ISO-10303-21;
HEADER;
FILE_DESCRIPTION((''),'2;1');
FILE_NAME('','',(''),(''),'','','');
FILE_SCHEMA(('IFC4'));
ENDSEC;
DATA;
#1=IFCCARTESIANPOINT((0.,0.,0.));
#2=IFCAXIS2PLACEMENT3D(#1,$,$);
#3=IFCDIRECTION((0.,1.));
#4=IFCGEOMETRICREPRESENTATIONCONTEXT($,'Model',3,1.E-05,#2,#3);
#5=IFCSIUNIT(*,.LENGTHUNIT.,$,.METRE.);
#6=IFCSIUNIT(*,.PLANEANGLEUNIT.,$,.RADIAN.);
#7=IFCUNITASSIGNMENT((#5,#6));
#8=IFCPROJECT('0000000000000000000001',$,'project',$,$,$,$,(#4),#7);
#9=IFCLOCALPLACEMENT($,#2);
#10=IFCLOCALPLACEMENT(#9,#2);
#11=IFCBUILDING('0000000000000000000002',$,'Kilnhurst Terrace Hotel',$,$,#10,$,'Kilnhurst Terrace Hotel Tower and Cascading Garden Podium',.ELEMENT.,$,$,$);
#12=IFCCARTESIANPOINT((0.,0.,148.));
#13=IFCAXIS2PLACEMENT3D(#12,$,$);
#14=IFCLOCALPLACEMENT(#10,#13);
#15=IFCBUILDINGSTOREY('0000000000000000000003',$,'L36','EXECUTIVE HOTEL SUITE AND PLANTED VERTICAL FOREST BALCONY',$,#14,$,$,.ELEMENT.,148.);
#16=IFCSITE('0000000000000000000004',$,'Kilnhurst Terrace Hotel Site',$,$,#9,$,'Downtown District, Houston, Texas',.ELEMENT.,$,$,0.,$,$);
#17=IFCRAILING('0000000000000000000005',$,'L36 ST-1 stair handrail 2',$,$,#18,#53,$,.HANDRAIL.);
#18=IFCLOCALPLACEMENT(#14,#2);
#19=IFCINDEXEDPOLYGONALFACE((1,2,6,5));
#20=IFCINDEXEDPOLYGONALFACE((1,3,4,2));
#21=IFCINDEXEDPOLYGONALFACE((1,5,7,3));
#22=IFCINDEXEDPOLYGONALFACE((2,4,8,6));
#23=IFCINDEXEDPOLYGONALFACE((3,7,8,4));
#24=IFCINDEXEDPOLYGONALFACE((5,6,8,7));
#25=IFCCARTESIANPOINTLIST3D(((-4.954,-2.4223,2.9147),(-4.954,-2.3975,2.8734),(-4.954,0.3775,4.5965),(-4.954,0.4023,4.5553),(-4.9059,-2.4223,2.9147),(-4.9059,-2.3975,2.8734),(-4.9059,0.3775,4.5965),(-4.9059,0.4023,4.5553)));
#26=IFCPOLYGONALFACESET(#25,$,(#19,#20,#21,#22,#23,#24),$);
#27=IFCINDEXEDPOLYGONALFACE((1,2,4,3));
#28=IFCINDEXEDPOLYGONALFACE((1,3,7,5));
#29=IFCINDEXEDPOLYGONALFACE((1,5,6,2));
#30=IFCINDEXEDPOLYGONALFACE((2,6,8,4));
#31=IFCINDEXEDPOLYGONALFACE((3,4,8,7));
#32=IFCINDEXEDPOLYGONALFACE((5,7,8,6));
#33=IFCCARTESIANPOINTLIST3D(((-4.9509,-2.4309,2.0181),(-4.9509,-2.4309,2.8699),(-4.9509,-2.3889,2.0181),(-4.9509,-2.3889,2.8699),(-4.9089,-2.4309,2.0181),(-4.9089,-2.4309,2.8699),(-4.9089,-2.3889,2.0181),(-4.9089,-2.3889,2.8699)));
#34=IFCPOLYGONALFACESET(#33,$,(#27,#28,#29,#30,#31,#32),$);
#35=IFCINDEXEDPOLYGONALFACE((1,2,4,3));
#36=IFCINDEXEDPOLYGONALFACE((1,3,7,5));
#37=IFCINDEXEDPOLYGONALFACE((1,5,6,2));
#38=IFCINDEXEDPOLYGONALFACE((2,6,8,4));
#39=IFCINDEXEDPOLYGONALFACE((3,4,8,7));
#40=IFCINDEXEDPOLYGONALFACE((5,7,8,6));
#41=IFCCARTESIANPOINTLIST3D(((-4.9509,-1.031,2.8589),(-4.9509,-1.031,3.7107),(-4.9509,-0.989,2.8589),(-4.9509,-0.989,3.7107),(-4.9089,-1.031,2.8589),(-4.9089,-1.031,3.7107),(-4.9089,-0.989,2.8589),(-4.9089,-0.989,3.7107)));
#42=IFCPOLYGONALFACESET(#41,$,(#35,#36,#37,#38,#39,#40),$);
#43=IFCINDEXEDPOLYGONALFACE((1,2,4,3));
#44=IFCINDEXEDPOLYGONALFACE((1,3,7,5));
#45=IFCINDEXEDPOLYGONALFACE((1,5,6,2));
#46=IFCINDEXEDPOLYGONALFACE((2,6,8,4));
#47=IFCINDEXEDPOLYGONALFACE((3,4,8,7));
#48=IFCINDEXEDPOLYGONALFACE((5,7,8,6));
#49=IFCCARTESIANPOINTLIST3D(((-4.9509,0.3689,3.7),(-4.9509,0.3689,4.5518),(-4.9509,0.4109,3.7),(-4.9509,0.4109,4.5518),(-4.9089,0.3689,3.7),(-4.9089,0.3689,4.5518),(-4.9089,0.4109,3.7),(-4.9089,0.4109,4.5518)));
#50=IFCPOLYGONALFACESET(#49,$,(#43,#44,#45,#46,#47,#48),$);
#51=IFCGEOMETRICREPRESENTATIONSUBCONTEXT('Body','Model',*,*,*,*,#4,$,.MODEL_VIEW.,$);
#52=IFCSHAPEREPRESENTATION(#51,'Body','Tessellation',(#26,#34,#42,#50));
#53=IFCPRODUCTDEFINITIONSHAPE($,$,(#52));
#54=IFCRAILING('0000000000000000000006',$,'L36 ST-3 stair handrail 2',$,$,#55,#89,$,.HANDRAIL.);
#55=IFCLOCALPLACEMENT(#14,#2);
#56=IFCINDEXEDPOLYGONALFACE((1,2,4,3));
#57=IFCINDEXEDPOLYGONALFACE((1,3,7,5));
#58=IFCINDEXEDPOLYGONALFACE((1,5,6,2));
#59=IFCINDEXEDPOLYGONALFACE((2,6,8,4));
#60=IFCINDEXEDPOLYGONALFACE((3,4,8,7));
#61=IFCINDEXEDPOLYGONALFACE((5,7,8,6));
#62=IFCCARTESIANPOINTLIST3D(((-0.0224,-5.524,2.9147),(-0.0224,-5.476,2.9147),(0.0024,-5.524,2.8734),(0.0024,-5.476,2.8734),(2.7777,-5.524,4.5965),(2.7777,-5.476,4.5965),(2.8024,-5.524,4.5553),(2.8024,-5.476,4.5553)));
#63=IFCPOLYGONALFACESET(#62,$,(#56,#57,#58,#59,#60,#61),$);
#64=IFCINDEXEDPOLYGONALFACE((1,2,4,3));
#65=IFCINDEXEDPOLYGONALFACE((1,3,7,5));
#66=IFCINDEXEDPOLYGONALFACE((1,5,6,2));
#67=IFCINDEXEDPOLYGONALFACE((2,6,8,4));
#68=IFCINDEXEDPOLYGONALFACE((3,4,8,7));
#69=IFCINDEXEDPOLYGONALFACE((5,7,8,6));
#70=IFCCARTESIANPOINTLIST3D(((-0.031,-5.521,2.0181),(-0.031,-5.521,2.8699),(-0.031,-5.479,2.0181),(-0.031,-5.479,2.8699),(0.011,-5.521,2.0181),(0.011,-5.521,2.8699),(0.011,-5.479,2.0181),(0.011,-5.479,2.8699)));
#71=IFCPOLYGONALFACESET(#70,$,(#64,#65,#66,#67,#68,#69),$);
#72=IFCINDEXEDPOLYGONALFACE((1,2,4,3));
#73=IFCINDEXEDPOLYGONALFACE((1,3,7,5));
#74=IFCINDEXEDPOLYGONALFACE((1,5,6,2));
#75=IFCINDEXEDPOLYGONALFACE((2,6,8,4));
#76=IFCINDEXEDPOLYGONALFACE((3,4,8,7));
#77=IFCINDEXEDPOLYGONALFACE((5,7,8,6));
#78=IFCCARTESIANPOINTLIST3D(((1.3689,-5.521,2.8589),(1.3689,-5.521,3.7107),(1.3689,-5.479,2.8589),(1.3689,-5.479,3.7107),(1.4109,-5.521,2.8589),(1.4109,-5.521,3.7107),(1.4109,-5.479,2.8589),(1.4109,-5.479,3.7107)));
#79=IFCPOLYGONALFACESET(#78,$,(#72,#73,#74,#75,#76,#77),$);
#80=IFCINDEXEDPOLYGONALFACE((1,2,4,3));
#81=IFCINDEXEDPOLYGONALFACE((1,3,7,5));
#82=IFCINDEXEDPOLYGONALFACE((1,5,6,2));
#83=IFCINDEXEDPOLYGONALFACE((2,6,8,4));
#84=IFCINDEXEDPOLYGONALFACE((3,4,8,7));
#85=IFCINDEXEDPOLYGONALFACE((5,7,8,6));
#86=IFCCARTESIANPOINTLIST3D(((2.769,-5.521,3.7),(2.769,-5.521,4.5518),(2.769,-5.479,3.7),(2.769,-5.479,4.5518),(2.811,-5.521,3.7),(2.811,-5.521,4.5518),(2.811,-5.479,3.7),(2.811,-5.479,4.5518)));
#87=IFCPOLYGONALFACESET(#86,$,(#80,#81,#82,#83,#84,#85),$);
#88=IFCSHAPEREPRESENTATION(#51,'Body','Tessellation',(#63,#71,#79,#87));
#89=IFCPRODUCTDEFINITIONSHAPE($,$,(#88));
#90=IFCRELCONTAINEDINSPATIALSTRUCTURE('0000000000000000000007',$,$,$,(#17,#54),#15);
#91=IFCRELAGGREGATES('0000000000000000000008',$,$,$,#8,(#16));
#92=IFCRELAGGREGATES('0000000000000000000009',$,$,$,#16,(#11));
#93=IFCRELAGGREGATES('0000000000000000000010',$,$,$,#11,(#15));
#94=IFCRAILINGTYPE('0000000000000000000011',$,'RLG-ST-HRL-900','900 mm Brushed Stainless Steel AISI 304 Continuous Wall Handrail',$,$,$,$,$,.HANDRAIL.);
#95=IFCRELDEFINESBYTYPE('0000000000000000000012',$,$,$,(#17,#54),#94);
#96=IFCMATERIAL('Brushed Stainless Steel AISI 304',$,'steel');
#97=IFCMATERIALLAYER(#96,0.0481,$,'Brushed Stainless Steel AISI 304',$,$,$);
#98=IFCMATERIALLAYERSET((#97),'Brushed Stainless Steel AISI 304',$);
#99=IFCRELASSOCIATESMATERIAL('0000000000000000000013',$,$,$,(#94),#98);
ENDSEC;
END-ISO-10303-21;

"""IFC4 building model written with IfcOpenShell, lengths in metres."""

from ifc_helpers import new_model, si_unit, direction, frame, origin, origin_2d, place, context, subcontext, project, spatial, rectangle, extrude, material, layer, layer_set, type_object, element, save


model = new_model("IFC4")

# Units and contexts
model_context = context("Model", 3, precision=1e-05, world=origin(), true_north=direction((0.0, 1.0)))
body_context = subcontext(model_context, "Body", "Model", "MODEL_VIEW")
ifc_project = project(units=[si_unit("LENGTHUNIT", "METRE"), si_unit("PLANEANGLEUNIT", "RADIAN")], contexts=[model_context])

# Site, building, storey
site_placement = place(None, origin())
site = spatial("IfcSite", under=ifc_project, at=site_placement, Name="Kilnhurst Terrace Hotel Site", LongName="Downtown District, Houston, Texas", CompositionType="ELEMENT", RefElevation=0.0)
building_placement = place(site_placement, origin())
building = spatial("IfcBuilding", under=site, at=building_placement, Name="Kilnhurst Terrace Hotel", LongName="Kilnhurst Terrace Hotel Tower and Cascading Garden Podium", CompositionType="ELEMENT")
storey_placement = place(building_placement, frame((0.0, 0.0, 148.0)))
storey = spatial("IfcBuildingStorey", under=building, at=storey_placement, Name="L36", Description="EXECUTIVE HOTEL SUITE AND PLANTED VERTICAL FOREST BALCONY", CompositionType="ELEMENT", Elevation=148.0)

# Railings
ifc_material_1 = material(Name="Brushed Stainless Steel AISI 304", Category="steel")
ifc_layer_1 = layer(ifc_material_1, 0.0481, Name="Brushed Stainless Steel AISI 304")
ifc_layer_set_1 = layer_set([ifc_layer_1], Name="Brushed Stainless Steel AISI 304")
railing_type_1 = type_object("IfcRailingType", Name="RLG-ST-HRL-900", Description="900 mm Brushed Stainless Steel AISI 304 Continuous Wall Handrail", PredefinedType="HANDRAIL", material=ifc_layer_set_1)
railing_1_placement = place(storey_placement, frame((-4.9299, -2.4099, 2.0181)))
element("IfcRailing", 1, at=railing_1_placement, inside=storey, type_object=railing_type_1, Name="L36 ST-1 stair handrail 2", PredefinedType="HANDRAIL", context=body_context, shape_type="SweptSolid", body=[
    extrude(rectangle(XDim=0.0481, YDim=0.0481, at=origin_2d()), frame((0.0, 0.0, 0.876), z_axis=(0.0, 0.857222, 0.514946), x_axis=(-1.0, 0.0, 0.0)), (0.0, 0.0, 1.0), 3.2661),
    extrude(rectangle(XDim=0.042, YDim=0.042, at=origin_2d()), origin(), (0.0, 0.0, 1.0), 0.8518),
    extrude(rectangle(XDim=0.042, YDim=0.042, at=origin_2d()), frame((0.0, 1.3999, 0.8408)), (0.0, 0.0, 1.0), 0.8518),
    extrude(rectangle(XDim=0.042, YDim=0.042, at=origin_2d()), frame((0.0, 2.7998, 1.6819)), (0.0, 0.0, 1.0), 0.8518),
])
railing_2_placement = place(storey_placement, frame((-0.01, -5.5, 2.0181)))
element("IfcRailing", 2, at=railing_2_placement, inside=storey, type_object=railing_type_1, Name="L36 ST-3 stair handrail 2", PredefinedType="HANDRAIL", context=body_context, shape_type="SweptSolid", body=[
    extrude(rectangle(XDim=0.0481, YDim=0.0481, at=origin_2d()), frame((0.0, 0.0, 0.876), z_axis=(0.857242, 0.0, 0.514913), x_axis=(0.0, 1.0, 0.0)), (0.0, 0.0, 1.0), 3.2664),
    extrude(rectangle(XDim=0.042, YDim=0.042, at=origin_2d()), origin(), (0.0, 0.0, 1.0), 0.8518),
    extrude(rectangle(XDim=0.042, YDim=0.042, at=origin_2d()), frame((1.3999, 0.0, 0.8408)), (0.0, 0.0, 1.0), 0.8518),
    extrude(rectangle(XDim=0.042, YDim=0.042, at=origin_2d()), frame((2.8, 0.0, 1.6819)), (0.0, 0.0, 1.0), 0.8518),
])

save(model, "model.ifc")
